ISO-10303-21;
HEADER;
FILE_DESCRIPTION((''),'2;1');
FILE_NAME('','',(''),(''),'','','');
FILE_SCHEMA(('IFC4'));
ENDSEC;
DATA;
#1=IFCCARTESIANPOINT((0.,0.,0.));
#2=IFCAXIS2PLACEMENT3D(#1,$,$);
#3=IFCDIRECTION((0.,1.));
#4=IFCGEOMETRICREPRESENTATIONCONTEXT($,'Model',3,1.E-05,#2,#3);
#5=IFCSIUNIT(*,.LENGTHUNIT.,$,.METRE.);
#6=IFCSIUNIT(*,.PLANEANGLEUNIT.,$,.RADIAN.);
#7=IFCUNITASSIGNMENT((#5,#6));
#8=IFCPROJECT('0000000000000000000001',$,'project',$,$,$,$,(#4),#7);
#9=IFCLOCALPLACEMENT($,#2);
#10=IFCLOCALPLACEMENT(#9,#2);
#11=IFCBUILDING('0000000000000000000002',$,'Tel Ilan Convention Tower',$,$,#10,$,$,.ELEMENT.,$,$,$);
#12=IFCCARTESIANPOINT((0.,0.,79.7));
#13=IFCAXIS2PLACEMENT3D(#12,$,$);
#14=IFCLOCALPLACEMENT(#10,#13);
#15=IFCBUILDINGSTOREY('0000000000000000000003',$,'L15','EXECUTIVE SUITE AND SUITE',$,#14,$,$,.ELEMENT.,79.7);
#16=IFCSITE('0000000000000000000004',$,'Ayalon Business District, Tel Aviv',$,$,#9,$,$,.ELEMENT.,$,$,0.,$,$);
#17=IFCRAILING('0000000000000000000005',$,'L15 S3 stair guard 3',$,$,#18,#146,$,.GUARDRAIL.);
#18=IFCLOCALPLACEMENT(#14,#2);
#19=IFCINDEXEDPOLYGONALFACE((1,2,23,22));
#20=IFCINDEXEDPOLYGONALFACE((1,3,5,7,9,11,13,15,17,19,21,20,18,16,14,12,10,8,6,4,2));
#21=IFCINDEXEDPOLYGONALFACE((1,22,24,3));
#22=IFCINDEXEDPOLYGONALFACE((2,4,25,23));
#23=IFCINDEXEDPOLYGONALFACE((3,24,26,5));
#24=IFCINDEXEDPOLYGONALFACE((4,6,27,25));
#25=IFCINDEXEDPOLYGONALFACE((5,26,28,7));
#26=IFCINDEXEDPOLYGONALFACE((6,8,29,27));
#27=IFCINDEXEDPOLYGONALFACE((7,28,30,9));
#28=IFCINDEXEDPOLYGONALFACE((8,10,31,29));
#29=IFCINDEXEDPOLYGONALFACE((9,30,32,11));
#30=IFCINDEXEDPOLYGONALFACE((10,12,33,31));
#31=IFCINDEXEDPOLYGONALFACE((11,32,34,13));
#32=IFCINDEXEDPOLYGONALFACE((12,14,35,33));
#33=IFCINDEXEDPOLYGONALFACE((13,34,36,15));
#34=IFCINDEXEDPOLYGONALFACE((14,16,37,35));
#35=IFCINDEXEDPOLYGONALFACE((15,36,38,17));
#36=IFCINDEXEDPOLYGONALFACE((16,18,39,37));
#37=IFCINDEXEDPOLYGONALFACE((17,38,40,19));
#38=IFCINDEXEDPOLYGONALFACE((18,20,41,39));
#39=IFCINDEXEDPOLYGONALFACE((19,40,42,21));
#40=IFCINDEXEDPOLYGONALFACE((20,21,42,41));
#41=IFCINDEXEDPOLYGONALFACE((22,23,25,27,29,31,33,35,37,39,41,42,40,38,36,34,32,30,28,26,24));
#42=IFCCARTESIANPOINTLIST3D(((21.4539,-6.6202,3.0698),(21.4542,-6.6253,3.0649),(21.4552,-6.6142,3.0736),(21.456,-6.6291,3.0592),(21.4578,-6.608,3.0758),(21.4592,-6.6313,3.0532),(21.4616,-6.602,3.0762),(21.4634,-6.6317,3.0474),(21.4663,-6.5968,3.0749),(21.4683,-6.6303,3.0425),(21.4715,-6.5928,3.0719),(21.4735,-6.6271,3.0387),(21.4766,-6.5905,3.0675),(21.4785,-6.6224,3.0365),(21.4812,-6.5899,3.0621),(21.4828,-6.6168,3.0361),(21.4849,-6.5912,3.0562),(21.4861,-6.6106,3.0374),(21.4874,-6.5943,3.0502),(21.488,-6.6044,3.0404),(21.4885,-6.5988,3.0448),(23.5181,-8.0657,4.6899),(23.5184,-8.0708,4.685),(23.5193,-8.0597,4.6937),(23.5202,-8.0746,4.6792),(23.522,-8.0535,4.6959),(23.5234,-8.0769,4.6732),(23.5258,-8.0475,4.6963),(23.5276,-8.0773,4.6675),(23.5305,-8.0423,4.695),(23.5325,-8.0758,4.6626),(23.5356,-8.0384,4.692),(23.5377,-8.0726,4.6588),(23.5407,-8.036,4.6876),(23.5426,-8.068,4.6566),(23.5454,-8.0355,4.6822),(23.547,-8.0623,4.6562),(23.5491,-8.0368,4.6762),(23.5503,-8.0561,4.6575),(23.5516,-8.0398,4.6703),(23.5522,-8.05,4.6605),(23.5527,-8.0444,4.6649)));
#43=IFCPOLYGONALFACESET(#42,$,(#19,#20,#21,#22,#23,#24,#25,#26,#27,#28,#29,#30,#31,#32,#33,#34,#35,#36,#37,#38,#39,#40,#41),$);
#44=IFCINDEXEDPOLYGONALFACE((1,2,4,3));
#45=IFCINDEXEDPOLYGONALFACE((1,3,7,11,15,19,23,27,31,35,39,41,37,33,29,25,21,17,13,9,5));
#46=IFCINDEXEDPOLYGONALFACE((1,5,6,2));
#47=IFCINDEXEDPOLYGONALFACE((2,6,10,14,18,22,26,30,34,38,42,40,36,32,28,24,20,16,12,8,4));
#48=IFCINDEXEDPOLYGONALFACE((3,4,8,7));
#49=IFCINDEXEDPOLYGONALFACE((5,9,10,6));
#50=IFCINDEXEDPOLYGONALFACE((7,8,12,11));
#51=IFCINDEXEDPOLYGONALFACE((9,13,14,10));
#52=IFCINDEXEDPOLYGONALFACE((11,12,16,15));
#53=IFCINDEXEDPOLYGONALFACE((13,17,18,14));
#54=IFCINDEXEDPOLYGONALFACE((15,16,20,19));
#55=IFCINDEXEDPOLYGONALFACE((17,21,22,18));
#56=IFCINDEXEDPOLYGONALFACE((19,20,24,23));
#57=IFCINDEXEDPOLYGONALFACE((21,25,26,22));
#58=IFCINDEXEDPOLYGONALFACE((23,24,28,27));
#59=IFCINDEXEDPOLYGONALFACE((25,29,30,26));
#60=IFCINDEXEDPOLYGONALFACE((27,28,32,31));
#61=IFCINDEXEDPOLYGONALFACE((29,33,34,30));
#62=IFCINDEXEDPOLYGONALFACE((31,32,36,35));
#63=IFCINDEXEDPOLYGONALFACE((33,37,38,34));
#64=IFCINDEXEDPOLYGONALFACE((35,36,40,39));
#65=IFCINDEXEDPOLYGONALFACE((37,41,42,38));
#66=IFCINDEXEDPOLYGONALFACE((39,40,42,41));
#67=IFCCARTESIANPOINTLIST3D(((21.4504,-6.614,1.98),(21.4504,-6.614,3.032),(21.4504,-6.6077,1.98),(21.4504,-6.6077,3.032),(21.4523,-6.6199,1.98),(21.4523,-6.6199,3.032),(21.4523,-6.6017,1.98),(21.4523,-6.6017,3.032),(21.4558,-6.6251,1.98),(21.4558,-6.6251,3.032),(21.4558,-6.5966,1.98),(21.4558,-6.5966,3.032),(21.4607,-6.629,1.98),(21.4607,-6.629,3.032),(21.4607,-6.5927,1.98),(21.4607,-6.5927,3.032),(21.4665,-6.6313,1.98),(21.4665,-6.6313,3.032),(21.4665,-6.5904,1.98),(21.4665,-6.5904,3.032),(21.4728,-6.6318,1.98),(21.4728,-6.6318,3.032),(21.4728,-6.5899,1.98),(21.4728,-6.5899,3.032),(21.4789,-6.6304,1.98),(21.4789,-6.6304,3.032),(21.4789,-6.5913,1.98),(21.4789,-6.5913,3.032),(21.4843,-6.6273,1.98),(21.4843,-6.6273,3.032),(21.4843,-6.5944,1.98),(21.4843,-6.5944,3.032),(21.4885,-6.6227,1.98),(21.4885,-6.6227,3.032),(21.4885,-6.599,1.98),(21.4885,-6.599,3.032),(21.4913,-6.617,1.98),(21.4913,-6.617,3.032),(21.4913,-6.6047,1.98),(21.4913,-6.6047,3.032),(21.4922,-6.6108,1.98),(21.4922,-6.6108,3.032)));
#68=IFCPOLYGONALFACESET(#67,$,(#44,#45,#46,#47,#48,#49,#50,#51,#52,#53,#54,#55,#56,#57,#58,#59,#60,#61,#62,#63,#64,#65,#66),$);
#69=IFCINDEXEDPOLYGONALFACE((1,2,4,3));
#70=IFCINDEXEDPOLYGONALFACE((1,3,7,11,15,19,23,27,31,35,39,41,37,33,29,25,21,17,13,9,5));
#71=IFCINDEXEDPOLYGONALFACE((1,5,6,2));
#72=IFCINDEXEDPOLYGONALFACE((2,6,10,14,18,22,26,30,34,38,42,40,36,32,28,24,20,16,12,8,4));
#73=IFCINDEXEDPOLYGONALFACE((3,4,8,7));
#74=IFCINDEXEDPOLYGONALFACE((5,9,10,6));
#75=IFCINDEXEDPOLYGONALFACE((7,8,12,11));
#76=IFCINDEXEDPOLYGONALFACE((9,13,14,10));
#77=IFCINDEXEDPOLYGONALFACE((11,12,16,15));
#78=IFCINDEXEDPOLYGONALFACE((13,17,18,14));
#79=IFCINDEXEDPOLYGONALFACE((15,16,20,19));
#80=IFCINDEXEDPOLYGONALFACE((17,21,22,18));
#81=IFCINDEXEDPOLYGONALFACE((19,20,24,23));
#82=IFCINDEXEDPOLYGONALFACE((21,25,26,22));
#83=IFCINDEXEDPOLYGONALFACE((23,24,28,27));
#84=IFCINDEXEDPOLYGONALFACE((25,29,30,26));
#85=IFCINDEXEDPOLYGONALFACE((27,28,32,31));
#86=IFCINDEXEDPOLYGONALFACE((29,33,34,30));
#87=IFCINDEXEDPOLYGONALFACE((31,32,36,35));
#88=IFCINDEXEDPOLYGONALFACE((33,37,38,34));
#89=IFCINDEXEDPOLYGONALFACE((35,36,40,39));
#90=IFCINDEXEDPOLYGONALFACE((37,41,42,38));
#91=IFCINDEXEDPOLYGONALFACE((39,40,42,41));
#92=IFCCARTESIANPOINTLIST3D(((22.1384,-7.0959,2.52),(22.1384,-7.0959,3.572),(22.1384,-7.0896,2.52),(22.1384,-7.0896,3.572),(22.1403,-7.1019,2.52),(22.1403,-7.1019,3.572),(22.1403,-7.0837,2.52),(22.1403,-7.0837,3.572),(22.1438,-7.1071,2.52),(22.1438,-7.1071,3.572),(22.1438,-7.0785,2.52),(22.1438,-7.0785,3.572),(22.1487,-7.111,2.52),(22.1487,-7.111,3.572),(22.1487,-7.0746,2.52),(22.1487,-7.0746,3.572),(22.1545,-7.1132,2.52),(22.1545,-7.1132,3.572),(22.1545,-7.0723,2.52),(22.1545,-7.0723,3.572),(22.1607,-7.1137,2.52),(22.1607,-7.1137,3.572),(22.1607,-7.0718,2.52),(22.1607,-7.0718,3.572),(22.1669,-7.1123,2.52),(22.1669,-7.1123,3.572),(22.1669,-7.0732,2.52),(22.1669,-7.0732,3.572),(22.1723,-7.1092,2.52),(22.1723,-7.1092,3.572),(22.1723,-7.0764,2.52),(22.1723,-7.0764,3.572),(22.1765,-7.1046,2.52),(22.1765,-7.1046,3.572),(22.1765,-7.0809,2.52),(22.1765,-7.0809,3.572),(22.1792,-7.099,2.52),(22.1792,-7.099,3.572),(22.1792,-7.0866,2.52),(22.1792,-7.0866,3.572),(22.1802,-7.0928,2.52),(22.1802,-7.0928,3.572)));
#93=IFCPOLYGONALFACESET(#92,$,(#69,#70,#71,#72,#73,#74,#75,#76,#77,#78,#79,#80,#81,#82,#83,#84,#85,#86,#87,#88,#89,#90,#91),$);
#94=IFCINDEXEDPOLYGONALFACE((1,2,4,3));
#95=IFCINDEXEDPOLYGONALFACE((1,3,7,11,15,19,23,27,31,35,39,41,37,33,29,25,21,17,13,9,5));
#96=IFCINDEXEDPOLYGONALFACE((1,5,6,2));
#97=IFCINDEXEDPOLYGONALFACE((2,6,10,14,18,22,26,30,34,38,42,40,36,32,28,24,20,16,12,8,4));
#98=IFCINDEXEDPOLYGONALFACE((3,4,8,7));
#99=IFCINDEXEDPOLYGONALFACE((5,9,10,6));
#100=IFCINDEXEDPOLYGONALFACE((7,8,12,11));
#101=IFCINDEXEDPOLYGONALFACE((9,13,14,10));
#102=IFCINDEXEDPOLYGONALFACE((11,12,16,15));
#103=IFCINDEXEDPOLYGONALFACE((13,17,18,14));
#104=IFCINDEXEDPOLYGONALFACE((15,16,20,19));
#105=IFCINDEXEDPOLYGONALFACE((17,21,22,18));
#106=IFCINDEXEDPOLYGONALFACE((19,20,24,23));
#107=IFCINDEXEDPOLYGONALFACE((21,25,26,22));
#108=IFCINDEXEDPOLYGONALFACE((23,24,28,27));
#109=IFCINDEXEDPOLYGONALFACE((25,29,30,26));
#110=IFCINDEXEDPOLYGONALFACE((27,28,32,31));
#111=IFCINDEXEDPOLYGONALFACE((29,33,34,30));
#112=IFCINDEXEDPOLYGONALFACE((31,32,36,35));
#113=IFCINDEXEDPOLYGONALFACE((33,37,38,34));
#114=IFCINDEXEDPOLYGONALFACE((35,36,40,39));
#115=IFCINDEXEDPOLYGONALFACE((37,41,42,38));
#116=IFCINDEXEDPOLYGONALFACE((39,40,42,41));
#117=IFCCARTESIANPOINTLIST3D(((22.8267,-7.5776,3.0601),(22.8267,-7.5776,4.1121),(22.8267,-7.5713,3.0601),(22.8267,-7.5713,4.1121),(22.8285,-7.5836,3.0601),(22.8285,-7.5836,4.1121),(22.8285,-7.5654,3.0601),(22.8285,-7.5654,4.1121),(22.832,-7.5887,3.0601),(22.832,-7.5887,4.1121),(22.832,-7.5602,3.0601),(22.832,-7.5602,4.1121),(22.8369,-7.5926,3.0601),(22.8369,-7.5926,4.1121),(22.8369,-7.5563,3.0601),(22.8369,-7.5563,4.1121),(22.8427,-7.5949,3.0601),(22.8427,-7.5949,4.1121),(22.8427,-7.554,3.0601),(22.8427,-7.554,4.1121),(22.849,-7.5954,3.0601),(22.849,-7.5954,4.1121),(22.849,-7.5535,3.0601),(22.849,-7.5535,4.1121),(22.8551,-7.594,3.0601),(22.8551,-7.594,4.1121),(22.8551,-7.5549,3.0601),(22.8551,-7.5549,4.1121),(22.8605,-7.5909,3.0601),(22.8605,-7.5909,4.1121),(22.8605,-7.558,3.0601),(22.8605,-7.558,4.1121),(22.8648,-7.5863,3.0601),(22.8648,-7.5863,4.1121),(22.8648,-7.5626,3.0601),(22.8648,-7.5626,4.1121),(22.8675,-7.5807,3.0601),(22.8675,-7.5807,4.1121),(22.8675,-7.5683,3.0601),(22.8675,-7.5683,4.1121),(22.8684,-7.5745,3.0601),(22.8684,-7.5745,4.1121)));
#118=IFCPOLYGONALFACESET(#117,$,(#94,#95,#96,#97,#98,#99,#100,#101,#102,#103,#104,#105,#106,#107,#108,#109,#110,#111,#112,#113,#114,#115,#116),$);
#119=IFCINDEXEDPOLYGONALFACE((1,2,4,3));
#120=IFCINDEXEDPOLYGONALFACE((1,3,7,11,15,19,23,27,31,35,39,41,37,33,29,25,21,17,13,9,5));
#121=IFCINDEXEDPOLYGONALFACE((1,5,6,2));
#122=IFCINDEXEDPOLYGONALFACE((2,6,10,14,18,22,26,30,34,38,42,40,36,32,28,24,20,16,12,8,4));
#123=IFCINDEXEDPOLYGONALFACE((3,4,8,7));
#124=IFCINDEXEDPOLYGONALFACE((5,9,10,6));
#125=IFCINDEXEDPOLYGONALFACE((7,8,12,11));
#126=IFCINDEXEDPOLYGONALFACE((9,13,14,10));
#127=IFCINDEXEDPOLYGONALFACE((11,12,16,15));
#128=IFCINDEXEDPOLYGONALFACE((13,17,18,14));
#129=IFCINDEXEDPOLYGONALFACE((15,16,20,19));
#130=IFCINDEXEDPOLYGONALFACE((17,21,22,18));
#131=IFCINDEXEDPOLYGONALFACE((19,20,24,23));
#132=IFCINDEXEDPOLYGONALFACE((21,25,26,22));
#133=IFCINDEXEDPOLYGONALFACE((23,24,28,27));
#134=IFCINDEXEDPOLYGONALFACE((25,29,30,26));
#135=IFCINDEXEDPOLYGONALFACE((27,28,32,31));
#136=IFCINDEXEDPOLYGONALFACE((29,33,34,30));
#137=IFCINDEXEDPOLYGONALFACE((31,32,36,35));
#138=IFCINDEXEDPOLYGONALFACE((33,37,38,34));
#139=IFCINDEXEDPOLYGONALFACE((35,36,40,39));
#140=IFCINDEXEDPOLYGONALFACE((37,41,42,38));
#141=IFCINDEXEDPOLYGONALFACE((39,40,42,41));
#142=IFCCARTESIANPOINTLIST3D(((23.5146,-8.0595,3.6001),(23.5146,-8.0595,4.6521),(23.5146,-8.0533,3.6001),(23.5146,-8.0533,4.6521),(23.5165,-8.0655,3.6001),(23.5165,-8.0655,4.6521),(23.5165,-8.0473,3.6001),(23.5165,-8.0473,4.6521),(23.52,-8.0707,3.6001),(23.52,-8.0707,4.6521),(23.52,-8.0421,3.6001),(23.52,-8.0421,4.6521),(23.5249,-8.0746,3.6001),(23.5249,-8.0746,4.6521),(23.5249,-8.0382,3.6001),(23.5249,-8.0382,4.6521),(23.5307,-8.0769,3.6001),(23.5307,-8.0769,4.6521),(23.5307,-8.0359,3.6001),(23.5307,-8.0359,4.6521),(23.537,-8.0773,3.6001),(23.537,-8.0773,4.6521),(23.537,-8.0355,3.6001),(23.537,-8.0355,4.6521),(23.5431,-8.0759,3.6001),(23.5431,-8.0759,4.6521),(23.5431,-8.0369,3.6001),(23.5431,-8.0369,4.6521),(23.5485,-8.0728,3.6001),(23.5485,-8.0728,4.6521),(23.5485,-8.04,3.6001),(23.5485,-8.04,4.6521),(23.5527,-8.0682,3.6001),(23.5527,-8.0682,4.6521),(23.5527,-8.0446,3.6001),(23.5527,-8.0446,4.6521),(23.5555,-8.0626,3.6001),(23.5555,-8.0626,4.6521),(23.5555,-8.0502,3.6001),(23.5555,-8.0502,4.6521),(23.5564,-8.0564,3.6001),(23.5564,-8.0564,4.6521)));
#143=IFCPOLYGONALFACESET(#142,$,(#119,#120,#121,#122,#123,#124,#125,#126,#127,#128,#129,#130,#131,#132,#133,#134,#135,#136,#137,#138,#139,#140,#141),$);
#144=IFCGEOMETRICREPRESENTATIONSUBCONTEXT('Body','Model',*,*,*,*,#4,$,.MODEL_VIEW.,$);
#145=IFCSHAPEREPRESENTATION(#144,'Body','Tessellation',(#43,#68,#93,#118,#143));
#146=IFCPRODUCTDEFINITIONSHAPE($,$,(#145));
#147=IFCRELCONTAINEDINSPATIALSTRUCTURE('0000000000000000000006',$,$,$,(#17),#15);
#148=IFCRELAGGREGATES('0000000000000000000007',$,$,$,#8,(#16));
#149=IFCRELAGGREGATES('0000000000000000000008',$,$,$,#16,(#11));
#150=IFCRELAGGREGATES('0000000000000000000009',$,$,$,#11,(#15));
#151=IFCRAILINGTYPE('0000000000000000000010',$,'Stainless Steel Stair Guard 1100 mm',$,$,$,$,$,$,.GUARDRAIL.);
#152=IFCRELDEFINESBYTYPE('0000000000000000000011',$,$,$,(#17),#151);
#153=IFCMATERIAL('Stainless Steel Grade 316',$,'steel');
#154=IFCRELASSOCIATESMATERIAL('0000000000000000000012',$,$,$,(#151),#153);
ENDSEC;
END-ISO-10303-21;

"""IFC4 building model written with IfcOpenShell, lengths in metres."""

from ifc_helpers import new_model, si_unit, direction, frame, origin, origin_2d, place, context, subcontext, project, spatial, circle, extrude, material, type_object, element, save


model = new_model("IFC4")

# Units and contexts
model_context = context("Model", 3, precision=1e-05, world=origin(), true_north=direction((0.0, 1.0)))
body_context = subcontext(model_context, "Body", "Model", "MODEL_VIEW")
ifc_project = project(units=[si_unit("LENGTHUNIT", "METRE"), si_unit("PLANEANGLEUNIT", "RADIAN")], contexts=[model_context])

# Site, building, storey
site_placement = place(None, origin())
site = spatial("IfcSite", under=ifc_project, at=site_placement, Name="Ayalon Business District, Tel Aviv", CompositionType="ELEMENT", RefElevation=0.0)
building_placement = place(site_placement, origin())
building = spatial("IfcBuilding", under=site, at=building_placement, Name="Tel Ilan Convention Tower", CompositionType="ELEMENT")
storey_placement = place(building_placement, frame((0.0, 0.0, 79.7)))
storey = spatial("IfcBuildingStorey", under=building, at=storey_placement, Name="L15", Description="EXECUTIVE SUITE AND SUITE", CompositionType="ELEMENT", Elevation=79.7)

# Railing
ifc_material_1 = material(Name="Stainless Steel Grade 316", Category="steel")
railing_type_1 = type_object("IfcRailingType", Name="Stainless Steel Stair Guard 1100 mm", PredefinedType="GUARDRAIL", material=ifc_material_1)
railing_1_placement = place(storey_placement, frame((21.4712, -6.6108, 1.98)))
element("IfcRailing", 1, at=railing_1_placement, inside=storey, type_object=railing_type_1, Name="L15 S3 stair guard 3", PredefinedType="GUARDRAIL", context=body_context, shape_type="SweptSolid", body=[
    extrude(circle(Radius=0.0239, at=origin_2d()), frame((0.0, 0.0, 1.0762), z_axis=(0.689013, -0.482513, 0.540779), x_axis=(0.573625, 0.819118, 0.0)), (0.0, 0.0, 1.0), 2.9958),
    extrude(circle(Radius=0.021, at=origin_2d()), origin(), (0.0, 0.0, 1.0), 1.052),
    extrude(circle(Radius=0.021, at=origin_2d()), frame((0.688, -0.4819, 0.54)), (0.0, 0.0, 1.0), 1.052),
    extrude(circle(Radius=0.021, at=origin_2d()), frame((1.3762, -0.9636, 1.0801)), (0.0, 0.0, 1.0), 1.052),
    extrude(circle(Radius=0.021, at=origin_2d()), frame((2.0642, -1.4456, 1.6201)), (0.0, 0.0, 1.0), 1.052),
])

save(model, "model.ifc")
